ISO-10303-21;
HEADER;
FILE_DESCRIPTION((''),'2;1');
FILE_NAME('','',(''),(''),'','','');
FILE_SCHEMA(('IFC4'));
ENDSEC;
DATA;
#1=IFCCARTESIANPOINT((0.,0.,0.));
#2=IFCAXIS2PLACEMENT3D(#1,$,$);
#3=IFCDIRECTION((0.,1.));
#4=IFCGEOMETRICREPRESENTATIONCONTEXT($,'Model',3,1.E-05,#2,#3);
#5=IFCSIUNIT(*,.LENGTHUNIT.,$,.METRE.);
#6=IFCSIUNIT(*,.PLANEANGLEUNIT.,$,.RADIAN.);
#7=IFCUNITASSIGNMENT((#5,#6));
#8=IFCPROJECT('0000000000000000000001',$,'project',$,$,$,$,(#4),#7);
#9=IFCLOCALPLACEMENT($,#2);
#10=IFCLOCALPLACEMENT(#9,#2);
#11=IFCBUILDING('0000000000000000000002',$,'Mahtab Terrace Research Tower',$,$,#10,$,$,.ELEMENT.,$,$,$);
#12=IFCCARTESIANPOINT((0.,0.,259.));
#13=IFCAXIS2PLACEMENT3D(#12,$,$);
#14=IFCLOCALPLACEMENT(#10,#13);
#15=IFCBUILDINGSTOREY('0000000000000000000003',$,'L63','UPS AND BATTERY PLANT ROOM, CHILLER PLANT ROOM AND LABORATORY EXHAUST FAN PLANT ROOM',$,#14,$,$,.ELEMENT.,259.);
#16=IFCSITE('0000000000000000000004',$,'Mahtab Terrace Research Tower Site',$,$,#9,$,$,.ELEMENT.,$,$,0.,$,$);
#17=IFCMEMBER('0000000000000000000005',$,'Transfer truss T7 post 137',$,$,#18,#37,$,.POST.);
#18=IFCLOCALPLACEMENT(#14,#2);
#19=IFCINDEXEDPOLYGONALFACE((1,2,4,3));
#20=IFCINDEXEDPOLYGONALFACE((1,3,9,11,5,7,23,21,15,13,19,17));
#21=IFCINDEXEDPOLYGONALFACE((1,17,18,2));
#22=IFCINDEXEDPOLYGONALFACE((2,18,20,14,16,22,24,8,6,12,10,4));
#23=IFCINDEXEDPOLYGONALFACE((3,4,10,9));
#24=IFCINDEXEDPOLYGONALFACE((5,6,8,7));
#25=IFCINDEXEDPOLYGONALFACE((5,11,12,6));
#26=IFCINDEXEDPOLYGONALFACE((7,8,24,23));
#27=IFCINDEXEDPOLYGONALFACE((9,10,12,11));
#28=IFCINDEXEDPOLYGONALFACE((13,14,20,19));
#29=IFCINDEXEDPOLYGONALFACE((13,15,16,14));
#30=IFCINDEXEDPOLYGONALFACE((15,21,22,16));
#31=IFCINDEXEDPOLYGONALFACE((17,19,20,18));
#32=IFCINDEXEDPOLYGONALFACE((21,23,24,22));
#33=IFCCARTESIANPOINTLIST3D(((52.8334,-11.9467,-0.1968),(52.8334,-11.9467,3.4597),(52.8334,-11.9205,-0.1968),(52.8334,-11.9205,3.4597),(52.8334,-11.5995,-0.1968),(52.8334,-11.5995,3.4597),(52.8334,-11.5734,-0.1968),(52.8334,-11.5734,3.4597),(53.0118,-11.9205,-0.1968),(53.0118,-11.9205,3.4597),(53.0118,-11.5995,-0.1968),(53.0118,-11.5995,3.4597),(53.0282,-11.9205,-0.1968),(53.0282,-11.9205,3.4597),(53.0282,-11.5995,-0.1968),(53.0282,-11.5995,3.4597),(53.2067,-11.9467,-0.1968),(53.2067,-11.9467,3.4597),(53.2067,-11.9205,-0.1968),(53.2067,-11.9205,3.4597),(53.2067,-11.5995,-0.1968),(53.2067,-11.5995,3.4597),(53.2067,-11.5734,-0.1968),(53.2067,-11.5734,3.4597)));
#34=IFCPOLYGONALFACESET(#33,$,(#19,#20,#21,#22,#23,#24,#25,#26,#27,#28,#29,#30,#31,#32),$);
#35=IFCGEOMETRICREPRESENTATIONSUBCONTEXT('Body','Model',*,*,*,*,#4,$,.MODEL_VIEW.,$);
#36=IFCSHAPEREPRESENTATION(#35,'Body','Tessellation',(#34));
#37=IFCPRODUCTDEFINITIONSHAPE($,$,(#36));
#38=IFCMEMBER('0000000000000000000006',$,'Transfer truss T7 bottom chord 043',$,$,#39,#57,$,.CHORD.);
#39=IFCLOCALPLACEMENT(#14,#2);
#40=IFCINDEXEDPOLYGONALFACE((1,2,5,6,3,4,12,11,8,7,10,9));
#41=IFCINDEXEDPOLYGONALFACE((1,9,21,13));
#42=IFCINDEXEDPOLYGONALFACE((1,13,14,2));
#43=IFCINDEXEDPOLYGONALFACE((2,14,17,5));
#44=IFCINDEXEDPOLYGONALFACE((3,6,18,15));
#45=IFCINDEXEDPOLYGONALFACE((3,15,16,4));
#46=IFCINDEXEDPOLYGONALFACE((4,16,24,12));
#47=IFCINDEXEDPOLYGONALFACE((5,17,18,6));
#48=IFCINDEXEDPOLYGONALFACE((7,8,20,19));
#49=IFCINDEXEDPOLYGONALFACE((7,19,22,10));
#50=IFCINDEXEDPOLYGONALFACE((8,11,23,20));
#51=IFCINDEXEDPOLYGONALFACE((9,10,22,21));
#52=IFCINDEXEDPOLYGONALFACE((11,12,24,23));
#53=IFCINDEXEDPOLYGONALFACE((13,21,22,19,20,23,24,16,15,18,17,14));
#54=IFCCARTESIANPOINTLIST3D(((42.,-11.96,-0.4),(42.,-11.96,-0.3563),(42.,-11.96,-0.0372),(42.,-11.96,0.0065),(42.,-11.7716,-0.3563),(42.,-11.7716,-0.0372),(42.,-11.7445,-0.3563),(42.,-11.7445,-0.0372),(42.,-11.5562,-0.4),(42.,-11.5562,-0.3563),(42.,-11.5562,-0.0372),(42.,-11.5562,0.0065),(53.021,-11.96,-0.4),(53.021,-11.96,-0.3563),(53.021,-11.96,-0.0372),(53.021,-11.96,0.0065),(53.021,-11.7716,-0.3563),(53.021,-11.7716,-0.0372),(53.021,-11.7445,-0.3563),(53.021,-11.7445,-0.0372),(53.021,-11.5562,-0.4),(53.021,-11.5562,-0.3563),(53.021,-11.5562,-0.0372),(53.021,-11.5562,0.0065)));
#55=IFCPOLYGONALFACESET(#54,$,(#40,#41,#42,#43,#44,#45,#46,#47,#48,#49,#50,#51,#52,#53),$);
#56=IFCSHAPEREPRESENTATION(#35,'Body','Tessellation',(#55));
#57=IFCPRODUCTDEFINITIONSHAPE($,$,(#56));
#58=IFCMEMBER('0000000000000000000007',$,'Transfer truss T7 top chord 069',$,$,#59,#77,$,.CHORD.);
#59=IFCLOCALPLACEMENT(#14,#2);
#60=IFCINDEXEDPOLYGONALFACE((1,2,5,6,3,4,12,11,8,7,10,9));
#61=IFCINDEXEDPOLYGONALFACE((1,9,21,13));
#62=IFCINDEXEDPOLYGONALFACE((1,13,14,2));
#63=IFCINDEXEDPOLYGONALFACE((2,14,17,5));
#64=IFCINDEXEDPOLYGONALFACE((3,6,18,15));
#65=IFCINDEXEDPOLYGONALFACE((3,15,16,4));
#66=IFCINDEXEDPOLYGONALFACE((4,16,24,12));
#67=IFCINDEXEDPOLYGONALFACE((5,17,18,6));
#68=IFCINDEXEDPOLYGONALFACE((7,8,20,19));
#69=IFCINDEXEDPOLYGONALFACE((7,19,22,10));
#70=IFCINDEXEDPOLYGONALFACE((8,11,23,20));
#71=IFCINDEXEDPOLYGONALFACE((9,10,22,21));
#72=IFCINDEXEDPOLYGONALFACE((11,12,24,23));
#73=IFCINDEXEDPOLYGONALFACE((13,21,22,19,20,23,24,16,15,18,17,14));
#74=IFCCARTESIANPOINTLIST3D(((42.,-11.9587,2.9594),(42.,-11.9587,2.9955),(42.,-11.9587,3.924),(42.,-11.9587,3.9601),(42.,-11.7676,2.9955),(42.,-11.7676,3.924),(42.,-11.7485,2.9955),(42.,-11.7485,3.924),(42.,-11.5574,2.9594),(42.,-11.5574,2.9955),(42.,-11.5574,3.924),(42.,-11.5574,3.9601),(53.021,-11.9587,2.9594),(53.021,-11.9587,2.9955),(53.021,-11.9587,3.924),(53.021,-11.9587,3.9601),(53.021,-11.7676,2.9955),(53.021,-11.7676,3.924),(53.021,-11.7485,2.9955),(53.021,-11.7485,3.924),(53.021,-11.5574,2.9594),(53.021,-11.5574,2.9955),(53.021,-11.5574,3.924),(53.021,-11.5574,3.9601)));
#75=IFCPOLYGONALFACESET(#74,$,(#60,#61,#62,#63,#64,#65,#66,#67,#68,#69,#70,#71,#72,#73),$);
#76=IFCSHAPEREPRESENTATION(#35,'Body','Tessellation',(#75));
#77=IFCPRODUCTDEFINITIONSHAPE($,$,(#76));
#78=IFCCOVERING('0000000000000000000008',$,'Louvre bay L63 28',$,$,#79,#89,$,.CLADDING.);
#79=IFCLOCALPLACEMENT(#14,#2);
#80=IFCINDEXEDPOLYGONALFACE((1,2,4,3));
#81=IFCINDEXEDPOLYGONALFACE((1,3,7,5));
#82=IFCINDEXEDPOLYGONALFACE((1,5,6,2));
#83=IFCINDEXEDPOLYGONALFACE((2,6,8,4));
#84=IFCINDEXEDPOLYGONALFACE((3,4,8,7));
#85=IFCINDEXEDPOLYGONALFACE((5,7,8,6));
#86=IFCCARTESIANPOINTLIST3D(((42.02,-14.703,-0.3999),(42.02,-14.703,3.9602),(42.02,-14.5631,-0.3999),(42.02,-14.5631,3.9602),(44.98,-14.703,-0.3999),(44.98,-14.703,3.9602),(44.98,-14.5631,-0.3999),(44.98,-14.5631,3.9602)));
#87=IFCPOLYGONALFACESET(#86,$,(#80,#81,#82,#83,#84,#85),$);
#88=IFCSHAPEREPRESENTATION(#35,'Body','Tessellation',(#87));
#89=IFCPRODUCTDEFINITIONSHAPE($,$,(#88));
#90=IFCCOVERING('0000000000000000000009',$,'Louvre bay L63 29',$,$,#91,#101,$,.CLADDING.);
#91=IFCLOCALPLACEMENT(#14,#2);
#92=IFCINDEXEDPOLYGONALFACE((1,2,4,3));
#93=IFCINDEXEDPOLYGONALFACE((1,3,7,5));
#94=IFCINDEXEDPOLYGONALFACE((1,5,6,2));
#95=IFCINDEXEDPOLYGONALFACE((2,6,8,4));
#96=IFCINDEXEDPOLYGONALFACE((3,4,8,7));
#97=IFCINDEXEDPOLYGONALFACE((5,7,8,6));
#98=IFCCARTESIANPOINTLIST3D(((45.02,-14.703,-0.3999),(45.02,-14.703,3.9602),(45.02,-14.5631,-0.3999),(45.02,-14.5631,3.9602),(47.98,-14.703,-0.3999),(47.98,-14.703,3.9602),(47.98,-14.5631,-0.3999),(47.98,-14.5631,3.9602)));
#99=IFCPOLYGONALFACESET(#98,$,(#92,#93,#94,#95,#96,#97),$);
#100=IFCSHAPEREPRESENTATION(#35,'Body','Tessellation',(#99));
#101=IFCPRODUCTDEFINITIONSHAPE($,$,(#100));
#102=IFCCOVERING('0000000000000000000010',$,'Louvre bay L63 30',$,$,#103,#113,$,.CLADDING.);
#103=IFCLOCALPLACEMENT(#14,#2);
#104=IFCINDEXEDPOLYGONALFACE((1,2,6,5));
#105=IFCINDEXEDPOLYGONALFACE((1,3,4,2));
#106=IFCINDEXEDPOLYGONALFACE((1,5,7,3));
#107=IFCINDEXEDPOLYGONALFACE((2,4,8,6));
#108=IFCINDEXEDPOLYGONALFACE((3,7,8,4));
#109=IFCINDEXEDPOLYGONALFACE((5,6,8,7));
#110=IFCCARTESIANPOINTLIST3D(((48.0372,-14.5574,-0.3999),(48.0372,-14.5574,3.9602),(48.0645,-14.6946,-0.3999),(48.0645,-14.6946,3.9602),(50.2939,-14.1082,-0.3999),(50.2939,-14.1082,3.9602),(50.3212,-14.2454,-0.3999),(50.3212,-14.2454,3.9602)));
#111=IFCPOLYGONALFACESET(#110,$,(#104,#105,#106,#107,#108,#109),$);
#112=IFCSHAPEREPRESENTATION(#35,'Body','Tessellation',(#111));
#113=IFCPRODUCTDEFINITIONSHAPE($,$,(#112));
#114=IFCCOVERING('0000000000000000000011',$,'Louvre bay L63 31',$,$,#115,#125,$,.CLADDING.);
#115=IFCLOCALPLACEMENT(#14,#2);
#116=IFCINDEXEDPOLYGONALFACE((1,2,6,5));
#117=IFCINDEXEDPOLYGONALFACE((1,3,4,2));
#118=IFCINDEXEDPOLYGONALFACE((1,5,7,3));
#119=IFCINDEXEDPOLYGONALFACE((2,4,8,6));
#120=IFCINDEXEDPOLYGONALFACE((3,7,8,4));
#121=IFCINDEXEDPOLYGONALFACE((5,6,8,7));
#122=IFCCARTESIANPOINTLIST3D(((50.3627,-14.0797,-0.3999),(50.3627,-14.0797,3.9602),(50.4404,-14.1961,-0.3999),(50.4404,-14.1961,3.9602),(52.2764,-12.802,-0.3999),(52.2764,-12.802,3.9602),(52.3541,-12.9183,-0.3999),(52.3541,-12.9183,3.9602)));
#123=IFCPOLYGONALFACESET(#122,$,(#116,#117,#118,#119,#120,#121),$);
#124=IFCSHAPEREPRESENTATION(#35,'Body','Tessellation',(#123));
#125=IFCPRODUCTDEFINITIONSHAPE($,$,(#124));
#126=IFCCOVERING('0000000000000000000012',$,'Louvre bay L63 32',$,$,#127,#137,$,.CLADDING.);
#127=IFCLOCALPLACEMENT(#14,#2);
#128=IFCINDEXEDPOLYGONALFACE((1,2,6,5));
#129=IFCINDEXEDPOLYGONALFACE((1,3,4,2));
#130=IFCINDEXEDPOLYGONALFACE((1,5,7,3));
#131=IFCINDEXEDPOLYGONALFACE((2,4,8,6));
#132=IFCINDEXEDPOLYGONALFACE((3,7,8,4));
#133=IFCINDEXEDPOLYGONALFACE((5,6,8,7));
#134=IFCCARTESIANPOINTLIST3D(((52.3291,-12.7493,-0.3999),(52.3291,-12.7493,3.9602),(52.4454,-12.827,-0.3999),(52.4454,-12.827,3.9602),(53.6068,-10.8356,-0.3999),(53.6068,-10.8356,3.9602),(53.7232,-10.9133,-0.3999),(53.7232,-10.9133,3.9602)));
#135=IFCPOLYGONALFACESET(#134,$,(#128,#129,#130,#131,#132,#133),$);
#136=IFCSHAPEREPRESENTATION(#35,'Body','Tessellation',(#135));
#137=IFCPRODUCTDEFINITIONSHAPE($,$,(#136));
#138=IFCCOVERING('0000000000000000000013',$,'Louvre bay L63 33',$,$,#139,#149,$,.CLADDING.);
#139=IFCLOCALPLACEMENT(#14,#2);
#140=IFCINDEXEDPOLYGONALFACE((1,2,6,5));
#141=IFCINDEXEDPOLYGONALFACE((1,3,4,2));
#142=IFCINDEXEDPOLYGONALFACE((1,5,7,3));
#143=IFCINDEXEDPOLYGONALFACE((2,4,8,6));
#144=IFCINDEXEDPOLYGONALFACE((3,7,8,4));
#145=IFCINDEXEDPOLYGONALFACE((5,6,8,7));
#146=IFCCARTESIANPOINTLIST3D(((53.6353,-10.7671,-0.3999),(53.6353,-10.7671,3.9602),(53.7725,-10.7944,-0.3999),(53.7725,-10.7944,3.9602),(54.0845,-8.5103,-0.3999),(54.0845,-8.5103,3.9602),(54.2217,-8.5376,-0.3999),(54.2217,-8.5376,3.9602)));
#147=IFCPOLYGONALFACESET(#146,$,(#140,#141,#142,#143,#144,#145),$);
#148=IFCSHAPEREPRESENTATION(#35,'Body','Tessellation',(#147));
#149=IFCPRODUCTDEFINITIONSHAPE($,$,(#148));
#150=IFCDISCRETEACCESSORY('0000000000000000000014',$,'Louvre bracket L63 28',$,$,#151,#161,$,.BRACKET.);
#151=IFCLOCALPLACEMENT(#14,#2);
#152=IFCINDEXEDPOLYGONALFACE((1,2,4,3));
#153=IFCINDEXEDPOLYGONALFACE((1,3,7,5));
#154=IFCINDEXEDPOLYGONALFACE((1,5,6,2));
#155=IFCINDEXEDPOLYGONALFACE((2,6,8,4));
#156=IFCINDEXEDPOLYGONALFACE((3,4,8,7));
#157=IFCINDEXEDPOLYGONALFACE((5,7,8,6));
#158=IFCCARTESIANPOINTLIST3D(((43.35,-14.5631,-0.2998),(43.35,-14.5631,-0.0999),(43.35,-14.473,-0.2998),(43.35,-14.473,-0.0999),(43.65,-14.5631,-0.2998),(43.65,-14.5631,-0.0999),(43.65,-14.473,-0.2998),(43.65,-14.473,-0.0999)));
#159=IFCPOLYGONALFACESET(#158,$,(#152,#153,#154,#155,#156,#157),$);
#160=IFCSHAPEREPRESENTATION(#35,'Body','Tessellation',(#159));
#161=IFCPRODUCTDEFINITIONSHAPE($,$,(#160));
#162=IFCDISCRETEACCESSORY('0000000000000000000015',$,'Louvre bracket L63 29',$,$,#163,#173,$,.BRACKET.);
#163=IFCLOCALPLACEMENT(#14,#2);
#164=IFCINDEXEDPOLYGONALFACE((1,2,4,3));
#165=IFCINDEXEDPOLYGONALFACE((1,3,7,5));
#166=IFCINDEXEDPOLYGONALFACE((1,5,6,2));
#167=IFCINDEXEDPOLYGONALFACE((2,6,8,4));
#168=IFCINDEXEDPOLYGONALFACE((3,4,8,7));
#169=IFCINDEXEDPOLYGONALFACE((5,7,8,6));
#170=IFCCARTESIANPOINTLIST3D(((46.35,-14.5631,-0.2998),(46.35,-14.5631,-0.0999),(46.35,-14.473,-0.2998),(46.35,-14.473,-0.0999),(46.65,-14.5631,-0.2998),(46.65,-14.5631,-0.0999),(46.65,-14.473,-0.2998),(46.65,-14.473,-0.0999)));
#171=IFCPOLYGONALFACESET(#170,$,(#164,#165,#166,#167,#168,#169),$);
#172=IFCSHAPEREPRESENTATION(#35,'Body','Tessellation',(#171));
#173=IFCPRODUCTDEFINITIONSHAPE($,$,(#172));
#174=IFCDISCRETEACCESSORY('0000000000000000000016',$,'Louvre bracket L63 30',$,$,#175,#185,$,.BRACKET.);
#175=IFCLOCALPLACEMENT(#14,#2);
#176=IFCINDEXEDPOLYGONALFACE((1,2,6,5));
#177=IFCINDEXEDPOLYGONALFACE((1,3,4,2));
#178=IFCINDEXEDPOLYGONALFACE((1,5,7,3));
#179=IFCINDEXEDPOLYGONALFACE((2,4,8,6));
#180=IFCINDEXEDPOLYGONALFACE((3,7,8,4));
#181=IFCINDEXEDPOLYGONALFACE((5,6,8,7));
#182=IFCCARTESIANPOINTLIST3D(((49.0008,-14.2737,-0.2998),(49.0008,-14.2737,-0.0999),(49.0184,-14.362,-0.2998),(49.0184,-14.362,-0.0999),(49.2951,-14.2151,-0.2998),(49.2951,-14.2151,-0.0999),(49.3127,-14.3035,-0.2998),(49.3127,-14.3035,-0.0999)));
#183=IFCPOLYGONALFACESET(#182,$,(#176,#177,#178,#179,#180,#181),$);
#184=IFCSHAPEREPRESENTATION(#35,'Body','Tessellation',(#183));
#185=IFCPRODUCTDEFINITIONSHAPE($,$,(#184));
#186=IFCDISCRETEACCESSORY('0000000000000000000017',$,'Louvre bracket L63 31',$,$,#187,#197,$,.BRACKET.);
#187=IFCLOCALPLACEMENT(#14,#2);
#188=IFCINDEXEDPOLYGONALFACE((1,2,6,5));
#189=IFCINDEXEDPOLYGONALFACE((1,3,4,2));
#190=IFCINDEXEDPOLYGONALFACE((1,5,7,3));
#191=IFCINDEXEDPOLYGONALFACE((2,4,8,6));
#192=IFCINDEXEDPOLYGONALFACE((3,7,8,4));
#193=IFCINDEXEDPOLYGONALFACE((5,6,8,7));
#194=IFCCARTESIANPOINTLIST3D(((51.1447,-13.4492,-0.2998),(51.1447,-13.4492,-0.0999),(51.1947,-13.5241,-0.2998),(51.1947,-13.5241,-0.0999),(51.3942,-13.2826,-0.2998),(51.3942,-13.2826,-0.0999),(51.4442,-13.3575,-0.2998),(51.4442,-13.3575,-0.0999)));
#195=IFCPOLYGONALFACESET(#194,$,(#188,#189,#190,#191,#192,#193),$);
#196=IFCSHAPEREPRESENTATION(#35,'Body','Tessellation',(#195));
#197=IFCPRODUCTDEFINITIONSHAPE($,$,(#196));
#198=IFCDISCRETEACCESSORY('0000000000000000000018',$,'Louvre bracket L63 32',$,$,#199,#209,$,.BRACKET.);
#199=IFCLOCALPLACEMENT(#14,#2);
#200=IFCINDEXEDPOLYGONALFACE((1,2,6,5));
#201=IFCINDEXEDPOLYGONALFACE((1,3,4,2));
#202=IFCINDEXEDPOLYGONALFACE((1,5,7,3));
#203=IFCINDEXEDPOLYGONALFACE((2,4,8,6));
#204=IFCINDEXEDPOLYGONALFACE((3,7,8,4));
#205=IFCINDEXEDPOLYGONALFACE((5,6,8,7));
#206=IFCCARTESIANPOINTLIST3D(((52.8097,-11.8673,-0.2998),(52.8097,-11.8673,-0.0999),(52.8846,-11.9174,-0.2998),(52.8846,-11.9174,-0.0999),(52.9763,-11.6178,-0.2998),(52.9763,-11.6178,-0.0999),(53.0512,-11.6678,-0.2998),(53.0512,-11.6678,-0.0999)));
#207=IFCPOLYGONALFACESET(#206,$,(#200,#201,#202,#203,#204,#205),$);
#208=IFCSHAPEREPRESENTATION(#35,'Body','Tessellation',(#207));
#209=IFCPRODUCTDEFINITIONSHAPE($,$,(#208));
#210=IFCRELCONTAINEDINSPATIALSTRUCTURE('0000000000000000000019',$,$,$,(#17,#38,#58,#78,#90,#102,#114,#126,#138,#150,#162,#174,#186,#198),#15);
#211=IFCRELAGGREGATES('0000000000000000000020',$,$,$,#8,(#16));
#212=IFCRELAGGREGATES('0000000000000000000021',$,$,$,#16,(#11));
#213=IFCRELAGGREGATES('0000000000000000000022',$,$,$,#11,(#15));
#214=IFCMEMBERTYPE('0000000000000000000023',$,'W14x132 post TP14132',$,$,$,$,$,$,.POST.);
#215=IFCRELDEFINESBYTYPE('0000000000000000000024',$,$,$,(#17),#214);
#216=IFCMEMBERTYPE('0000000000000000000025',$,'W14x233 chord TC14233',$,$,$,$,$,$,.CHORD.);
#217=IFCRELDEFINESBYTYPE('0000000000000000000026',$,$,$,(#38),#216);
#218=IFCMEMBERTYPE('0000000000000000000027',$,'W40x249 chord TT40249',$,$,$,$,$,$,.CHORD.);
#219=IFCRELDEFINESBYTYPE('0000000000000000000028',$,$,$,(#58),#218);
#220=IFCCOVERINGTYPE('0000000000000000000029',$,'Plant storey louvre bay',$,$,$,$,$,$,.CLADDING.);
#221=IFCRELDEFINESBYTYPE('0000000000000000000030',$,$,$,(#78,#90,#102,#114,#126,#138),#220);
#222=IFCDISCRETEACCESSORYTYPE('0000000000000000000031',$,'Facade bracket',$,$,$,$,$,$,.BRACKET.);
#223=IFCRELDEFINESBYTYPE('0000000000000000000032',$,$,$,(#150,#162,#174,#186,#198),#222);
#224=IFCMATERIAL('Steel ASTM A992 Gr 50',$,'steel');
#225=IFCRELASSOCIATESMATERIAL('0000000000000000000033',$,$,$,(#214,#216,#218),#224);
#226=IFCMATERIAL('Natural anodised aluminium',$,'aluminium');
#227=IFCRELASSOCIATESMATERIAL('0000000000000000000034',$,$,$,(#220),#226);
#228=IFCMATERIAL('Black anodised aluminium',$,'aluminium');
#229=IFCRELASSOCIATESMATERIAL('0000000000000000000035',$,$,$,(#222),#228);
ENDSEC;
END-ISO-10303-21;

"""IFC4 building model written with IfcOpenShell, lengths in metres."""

from ifc_helpers import new_model, si_unit, direction, frame, origin, origin_2d, place, context, subcontext, project, spatial, rectangle, i_section, extrude, material, material_profile, profile_set, type_object, element, save


model = new_model("IFC4")

# Units and contexts
model_context = context("Model", 3, precision=1e-05, world=origin(), true_north=direction((0.0, 1.0)))
body_context = subcontext(model_context, "Body", "Model", "MODEL_VIEW")
ifc_project = project(units=[si_unit("LENGTHUNIT", "METRE"), si_unit("PLANEANGLEUNIT", "RADIAN")], contexts=[model_context])

# Site, building, storey
site_placement = place(None, origin())
site = spatial("IfcSite", under=ifc_project, at=site_placement, Name="Mahtab Terrace Research Tower Site", CompositionType="ELEMENT", RefElevation=0.0)
building_placement = place(site_placement, origin())
building = spatial("IfcBuilding", under=site, at=building_placement, Name="Mahtab Terrace Research Tower", CompositionType="ELEMENT")
storey_placement = place(building_placement, frame((0.0, 0.0, 259.0)))
storey = spatial("IfcBuildingStorey", under=building, at=storey_placement, Name="L63", Description="UPS AND BATTERY PLANT ROOM, CHILLER PLANT ROOM AND LABORATORY EXHAUST FAN PLANT ROOM", CompositionType="ELEMENT", Elevation=259.0)

# Members
ifc_material_1 = material(Name="Steel ASTM A992 Gr 50", Category="steel")
ifc_material_profile_1 = material_profile(ifc_material_1, i_section(OverallWidth=0.3733, OverallDepth=0.3733, WebThickness=0.0164, FlangeThickness=0.0261, at=origin_2d()), Name="W14X132")
ifc_profile_set_1 = profile_set([ifc_material_profile_1], Name="Steel ASTM A992 Gr 50")
member_type_1 = type_object("IfcMemberType", Name="W14x132 post TP14132", PredefinedType="POST", material=ifc_profile_set_1)
for number, where, z_axis, x_axis, name in (
    (1, (53.02, -11.76, -0.1968), (0.0, 0.0, 1.0), (1.0, 0.0, 0.0), "Transfer truss T7 post 137"),
):
    element("IfcMember", number, at=place(storey_placement, frame(where, z_axis=z_axis, x_axis=x_axis)), inside=storey, type_object=member_type_1, Name=name, PredefinedType="POST", context=body_context, shape_type="SweptSolid", body=[
        extrude(i_section(OverallWidth=0.3733, OverallDepth=0.3733, WebThickness=0.0164, FlangeThickness=0.0261, at=origin_2d()), origin(), (0.0, 0.0, 1.0), 3.6565),
    ])
ifc_material_profile_2 = material_profile(ifc_material_1, i_section(OverallWidth=0.4038, OverallDepth=0.4065, WebThickness=0.0271, FlangeThickness=0.0437, at=origin_2d()), Name="W14X233")
ifc_profile_set_2 = profile_set([ifc_material_profile_2], Name="Steel ASTM A992 Gr 50")
member_type_2 = type_object("IfcMemberType", Name="W14x233 chord TC14233", PredefinedType="CHORD", material=ifc_profile_set_2)
member_1_placement = place(storey_placement, frame((42.0, -11.7581, -0.1968), z_axis=(1.0, 0.0, 0.0), x_axis=(0.0, 1.0, 0.0)))
element("IfcMember", 2, at=member_1_placement, inside=storey, type_object=member_type_2, Name="Transfer truss T7 bottom chord 043", PredefinedType="CHORD", context=body_context, shape_type="SweptSolid", body=[
    extrude(i_section(OverallWidth=0.4038, OverallDepth=0.4065, WebThickness=0.0271, FlangeThickness=0.0437, at=origin_2d()), origin(), (0.0, 0.0, 1.0), 11.021),
])
ifc_material_profile_3 = material_profile(ifc_material_1, i_section(OverallWidth=0.4014, OverallDepth=1.0007, WebThickness=0.019, FlangeThickness=0.0361, at=origin_2d()), Name="W40X249")
ifc_profile_set_3 = profile_set([ifc_material_profile_3], Name="Steel ASTM A992 Gr 50")
member_type_3 = type_object("IfcMemberType", Name="W40x249 chord TT40249", PredefinedType="CHORD", material=ifc_profile_set_3)
member_2_placement = place(storey_placement, frame((42.0, -11.7581, 3.4597), z_axis=(1.0, 0.0, 0.0), x_axis=(0.0, 1.0, 0.0)))
element("IfcMember", 3, at=member_2_placement, inside=storey, type_object=member_type_3, Name="Transfer truss T7 top chord 069", PredefinedType="CHORD", context=body_context, shape_type="SweptSolid", body=[
    extrude(i_section(OverallWidth=0.4014, OverallDepth=1.0007, WebThickness=0.019, FlangeThickness=0.0361, at=origin_2d()), origin(), (0.0, 0.0, 1.0), 11.021),
])

# Coverings
ifc_material_2 = material(Name="Natural anodised aluminium", Category="aluminium")
covering_type = type_object("IfcCoveringType", Name="Plant storey louvre bay", PredefinedType="CLADDING", material=ifc_material_2)
for number, where, z_axis, x_axis, name in (
    (4, (43.5, -14.6331, -0.3999), (0.0, 0.0, 1.0), (1.0, 0.0, 0.0), "Louvre bay L63 28"),
    (5, (46.5, -14.6331, -0.3999), (0.0, 0.0, 1.0), (1.0, 0.0, 0.0), "Louvre bay L63 29"),
):
    element("IfcCovering", number, at=place(storey_placement, frame(where, z_axis=z_axis, x_axis=x_axis)), inside=storey, type_object=covering_type, Name=name, PredefinedType="CLADDING", context=body_context, shape_type="SweptSolid", body=[
        extrude(rectangle(XDim=2.96, YDim=0.1399, at=origin_2d()), origin(), (0.0, 0.0, 1.0), 4.3601),
    ])
for number, where, z_axis, x_axis, name in (
    (6, (49.1792, -14.4014, -0.3999), (0.0, 0.0, 1.0), (0.980761, 0.195212, 0.0), "Louvre bay L63 30"),
    (7, (51.3584, -13.499, -0.3999), (0.0, 0.0, 1.0), (0.831656, 0.555291, 0.0), "Louvre bay L63 31"),
    (8, (53.0261, -11.8313, -0.3999), (0.0, 0.0, 1.0), (0.555291, 0.831656, 0.0), "Louvre bay L63 32"),
    (9, (53.9285, -9.6523, -0.3999), (0.0, 0.0, 1.0), (0.195212, 0.980761, 0.0), "Louvre bay L63 33"),
):
    element("IfcCovering", number, at=place(storey_placement, frame(where, z_axis=z_axis, x_axis=x_axis)), inside=storey, type_object=covering_type, Name=name, PredefinedType="CLADDING", context=body_context, shape_type="SweptSolid", body=[
        extrude(rectangle(XDim=2.301, YDim=0.1399, at=origin_2d()), origin(), (0.0, 0.0, 1.0), 4.3601),
    ])

# Discrete accessories
ifc_material_3 = material(Name="Black anodised aluminium", Category="aluminium")
discrete_accessory_type_1 = type_object("IfcDiscreteAccessoryType", Name="Facade bracket", PredefinedType="BRACKET", material=ifc_material_3)
for number, where, z_axis, x_axis, name in (
    (10, (43.5, -14.5181, -0.2998), (0.0, 0.0, 1.0), (1.0, 0.0, 0.0), "Louvre bracket L63 28"),
    (11, (46.5, -14.5181, -0.2998), (0.0, 0.0, 1.0), (1.0, 0.0, 0.0), "Louvre bracket L63 29"),
    (12, (49.1567, -14.2886, -0.2998), (0.0, 0.0, 1.0), (0.980761, 0.195212, 0.0), "Louvre bracket L63 30"),
    (13, (51.2944, -13.4033, -0.2998), (0.0, 0.0, 1.0), (0.831656, 0.555291, 0.0), "Louvre bracket L63 31"),
    (14, (52.9304, -11.7676, -0.2998), (0.0, 0.0, 1.0), (0.555291, 0.831656, 0.0), "Louvre bracket L63 32"),
):
    element("IfcDiscreteAccessory", number, at=place(storey_placement, frame(where, z_axis=z_axis, x_axis=x_axis)), inside=storey, type_object=discrete_accessory_type_1, Name=name, PredefinedType="BRACKET", context=body_context, shape_type="SweptSolid", body=[
        extrude(rectangle(XDim=0.3, YDim=0.0901, at=origin_2d()), origin(), (0.0, 0.0, 1.0), 0.2),
    ])

save(model, "model.ifc")
